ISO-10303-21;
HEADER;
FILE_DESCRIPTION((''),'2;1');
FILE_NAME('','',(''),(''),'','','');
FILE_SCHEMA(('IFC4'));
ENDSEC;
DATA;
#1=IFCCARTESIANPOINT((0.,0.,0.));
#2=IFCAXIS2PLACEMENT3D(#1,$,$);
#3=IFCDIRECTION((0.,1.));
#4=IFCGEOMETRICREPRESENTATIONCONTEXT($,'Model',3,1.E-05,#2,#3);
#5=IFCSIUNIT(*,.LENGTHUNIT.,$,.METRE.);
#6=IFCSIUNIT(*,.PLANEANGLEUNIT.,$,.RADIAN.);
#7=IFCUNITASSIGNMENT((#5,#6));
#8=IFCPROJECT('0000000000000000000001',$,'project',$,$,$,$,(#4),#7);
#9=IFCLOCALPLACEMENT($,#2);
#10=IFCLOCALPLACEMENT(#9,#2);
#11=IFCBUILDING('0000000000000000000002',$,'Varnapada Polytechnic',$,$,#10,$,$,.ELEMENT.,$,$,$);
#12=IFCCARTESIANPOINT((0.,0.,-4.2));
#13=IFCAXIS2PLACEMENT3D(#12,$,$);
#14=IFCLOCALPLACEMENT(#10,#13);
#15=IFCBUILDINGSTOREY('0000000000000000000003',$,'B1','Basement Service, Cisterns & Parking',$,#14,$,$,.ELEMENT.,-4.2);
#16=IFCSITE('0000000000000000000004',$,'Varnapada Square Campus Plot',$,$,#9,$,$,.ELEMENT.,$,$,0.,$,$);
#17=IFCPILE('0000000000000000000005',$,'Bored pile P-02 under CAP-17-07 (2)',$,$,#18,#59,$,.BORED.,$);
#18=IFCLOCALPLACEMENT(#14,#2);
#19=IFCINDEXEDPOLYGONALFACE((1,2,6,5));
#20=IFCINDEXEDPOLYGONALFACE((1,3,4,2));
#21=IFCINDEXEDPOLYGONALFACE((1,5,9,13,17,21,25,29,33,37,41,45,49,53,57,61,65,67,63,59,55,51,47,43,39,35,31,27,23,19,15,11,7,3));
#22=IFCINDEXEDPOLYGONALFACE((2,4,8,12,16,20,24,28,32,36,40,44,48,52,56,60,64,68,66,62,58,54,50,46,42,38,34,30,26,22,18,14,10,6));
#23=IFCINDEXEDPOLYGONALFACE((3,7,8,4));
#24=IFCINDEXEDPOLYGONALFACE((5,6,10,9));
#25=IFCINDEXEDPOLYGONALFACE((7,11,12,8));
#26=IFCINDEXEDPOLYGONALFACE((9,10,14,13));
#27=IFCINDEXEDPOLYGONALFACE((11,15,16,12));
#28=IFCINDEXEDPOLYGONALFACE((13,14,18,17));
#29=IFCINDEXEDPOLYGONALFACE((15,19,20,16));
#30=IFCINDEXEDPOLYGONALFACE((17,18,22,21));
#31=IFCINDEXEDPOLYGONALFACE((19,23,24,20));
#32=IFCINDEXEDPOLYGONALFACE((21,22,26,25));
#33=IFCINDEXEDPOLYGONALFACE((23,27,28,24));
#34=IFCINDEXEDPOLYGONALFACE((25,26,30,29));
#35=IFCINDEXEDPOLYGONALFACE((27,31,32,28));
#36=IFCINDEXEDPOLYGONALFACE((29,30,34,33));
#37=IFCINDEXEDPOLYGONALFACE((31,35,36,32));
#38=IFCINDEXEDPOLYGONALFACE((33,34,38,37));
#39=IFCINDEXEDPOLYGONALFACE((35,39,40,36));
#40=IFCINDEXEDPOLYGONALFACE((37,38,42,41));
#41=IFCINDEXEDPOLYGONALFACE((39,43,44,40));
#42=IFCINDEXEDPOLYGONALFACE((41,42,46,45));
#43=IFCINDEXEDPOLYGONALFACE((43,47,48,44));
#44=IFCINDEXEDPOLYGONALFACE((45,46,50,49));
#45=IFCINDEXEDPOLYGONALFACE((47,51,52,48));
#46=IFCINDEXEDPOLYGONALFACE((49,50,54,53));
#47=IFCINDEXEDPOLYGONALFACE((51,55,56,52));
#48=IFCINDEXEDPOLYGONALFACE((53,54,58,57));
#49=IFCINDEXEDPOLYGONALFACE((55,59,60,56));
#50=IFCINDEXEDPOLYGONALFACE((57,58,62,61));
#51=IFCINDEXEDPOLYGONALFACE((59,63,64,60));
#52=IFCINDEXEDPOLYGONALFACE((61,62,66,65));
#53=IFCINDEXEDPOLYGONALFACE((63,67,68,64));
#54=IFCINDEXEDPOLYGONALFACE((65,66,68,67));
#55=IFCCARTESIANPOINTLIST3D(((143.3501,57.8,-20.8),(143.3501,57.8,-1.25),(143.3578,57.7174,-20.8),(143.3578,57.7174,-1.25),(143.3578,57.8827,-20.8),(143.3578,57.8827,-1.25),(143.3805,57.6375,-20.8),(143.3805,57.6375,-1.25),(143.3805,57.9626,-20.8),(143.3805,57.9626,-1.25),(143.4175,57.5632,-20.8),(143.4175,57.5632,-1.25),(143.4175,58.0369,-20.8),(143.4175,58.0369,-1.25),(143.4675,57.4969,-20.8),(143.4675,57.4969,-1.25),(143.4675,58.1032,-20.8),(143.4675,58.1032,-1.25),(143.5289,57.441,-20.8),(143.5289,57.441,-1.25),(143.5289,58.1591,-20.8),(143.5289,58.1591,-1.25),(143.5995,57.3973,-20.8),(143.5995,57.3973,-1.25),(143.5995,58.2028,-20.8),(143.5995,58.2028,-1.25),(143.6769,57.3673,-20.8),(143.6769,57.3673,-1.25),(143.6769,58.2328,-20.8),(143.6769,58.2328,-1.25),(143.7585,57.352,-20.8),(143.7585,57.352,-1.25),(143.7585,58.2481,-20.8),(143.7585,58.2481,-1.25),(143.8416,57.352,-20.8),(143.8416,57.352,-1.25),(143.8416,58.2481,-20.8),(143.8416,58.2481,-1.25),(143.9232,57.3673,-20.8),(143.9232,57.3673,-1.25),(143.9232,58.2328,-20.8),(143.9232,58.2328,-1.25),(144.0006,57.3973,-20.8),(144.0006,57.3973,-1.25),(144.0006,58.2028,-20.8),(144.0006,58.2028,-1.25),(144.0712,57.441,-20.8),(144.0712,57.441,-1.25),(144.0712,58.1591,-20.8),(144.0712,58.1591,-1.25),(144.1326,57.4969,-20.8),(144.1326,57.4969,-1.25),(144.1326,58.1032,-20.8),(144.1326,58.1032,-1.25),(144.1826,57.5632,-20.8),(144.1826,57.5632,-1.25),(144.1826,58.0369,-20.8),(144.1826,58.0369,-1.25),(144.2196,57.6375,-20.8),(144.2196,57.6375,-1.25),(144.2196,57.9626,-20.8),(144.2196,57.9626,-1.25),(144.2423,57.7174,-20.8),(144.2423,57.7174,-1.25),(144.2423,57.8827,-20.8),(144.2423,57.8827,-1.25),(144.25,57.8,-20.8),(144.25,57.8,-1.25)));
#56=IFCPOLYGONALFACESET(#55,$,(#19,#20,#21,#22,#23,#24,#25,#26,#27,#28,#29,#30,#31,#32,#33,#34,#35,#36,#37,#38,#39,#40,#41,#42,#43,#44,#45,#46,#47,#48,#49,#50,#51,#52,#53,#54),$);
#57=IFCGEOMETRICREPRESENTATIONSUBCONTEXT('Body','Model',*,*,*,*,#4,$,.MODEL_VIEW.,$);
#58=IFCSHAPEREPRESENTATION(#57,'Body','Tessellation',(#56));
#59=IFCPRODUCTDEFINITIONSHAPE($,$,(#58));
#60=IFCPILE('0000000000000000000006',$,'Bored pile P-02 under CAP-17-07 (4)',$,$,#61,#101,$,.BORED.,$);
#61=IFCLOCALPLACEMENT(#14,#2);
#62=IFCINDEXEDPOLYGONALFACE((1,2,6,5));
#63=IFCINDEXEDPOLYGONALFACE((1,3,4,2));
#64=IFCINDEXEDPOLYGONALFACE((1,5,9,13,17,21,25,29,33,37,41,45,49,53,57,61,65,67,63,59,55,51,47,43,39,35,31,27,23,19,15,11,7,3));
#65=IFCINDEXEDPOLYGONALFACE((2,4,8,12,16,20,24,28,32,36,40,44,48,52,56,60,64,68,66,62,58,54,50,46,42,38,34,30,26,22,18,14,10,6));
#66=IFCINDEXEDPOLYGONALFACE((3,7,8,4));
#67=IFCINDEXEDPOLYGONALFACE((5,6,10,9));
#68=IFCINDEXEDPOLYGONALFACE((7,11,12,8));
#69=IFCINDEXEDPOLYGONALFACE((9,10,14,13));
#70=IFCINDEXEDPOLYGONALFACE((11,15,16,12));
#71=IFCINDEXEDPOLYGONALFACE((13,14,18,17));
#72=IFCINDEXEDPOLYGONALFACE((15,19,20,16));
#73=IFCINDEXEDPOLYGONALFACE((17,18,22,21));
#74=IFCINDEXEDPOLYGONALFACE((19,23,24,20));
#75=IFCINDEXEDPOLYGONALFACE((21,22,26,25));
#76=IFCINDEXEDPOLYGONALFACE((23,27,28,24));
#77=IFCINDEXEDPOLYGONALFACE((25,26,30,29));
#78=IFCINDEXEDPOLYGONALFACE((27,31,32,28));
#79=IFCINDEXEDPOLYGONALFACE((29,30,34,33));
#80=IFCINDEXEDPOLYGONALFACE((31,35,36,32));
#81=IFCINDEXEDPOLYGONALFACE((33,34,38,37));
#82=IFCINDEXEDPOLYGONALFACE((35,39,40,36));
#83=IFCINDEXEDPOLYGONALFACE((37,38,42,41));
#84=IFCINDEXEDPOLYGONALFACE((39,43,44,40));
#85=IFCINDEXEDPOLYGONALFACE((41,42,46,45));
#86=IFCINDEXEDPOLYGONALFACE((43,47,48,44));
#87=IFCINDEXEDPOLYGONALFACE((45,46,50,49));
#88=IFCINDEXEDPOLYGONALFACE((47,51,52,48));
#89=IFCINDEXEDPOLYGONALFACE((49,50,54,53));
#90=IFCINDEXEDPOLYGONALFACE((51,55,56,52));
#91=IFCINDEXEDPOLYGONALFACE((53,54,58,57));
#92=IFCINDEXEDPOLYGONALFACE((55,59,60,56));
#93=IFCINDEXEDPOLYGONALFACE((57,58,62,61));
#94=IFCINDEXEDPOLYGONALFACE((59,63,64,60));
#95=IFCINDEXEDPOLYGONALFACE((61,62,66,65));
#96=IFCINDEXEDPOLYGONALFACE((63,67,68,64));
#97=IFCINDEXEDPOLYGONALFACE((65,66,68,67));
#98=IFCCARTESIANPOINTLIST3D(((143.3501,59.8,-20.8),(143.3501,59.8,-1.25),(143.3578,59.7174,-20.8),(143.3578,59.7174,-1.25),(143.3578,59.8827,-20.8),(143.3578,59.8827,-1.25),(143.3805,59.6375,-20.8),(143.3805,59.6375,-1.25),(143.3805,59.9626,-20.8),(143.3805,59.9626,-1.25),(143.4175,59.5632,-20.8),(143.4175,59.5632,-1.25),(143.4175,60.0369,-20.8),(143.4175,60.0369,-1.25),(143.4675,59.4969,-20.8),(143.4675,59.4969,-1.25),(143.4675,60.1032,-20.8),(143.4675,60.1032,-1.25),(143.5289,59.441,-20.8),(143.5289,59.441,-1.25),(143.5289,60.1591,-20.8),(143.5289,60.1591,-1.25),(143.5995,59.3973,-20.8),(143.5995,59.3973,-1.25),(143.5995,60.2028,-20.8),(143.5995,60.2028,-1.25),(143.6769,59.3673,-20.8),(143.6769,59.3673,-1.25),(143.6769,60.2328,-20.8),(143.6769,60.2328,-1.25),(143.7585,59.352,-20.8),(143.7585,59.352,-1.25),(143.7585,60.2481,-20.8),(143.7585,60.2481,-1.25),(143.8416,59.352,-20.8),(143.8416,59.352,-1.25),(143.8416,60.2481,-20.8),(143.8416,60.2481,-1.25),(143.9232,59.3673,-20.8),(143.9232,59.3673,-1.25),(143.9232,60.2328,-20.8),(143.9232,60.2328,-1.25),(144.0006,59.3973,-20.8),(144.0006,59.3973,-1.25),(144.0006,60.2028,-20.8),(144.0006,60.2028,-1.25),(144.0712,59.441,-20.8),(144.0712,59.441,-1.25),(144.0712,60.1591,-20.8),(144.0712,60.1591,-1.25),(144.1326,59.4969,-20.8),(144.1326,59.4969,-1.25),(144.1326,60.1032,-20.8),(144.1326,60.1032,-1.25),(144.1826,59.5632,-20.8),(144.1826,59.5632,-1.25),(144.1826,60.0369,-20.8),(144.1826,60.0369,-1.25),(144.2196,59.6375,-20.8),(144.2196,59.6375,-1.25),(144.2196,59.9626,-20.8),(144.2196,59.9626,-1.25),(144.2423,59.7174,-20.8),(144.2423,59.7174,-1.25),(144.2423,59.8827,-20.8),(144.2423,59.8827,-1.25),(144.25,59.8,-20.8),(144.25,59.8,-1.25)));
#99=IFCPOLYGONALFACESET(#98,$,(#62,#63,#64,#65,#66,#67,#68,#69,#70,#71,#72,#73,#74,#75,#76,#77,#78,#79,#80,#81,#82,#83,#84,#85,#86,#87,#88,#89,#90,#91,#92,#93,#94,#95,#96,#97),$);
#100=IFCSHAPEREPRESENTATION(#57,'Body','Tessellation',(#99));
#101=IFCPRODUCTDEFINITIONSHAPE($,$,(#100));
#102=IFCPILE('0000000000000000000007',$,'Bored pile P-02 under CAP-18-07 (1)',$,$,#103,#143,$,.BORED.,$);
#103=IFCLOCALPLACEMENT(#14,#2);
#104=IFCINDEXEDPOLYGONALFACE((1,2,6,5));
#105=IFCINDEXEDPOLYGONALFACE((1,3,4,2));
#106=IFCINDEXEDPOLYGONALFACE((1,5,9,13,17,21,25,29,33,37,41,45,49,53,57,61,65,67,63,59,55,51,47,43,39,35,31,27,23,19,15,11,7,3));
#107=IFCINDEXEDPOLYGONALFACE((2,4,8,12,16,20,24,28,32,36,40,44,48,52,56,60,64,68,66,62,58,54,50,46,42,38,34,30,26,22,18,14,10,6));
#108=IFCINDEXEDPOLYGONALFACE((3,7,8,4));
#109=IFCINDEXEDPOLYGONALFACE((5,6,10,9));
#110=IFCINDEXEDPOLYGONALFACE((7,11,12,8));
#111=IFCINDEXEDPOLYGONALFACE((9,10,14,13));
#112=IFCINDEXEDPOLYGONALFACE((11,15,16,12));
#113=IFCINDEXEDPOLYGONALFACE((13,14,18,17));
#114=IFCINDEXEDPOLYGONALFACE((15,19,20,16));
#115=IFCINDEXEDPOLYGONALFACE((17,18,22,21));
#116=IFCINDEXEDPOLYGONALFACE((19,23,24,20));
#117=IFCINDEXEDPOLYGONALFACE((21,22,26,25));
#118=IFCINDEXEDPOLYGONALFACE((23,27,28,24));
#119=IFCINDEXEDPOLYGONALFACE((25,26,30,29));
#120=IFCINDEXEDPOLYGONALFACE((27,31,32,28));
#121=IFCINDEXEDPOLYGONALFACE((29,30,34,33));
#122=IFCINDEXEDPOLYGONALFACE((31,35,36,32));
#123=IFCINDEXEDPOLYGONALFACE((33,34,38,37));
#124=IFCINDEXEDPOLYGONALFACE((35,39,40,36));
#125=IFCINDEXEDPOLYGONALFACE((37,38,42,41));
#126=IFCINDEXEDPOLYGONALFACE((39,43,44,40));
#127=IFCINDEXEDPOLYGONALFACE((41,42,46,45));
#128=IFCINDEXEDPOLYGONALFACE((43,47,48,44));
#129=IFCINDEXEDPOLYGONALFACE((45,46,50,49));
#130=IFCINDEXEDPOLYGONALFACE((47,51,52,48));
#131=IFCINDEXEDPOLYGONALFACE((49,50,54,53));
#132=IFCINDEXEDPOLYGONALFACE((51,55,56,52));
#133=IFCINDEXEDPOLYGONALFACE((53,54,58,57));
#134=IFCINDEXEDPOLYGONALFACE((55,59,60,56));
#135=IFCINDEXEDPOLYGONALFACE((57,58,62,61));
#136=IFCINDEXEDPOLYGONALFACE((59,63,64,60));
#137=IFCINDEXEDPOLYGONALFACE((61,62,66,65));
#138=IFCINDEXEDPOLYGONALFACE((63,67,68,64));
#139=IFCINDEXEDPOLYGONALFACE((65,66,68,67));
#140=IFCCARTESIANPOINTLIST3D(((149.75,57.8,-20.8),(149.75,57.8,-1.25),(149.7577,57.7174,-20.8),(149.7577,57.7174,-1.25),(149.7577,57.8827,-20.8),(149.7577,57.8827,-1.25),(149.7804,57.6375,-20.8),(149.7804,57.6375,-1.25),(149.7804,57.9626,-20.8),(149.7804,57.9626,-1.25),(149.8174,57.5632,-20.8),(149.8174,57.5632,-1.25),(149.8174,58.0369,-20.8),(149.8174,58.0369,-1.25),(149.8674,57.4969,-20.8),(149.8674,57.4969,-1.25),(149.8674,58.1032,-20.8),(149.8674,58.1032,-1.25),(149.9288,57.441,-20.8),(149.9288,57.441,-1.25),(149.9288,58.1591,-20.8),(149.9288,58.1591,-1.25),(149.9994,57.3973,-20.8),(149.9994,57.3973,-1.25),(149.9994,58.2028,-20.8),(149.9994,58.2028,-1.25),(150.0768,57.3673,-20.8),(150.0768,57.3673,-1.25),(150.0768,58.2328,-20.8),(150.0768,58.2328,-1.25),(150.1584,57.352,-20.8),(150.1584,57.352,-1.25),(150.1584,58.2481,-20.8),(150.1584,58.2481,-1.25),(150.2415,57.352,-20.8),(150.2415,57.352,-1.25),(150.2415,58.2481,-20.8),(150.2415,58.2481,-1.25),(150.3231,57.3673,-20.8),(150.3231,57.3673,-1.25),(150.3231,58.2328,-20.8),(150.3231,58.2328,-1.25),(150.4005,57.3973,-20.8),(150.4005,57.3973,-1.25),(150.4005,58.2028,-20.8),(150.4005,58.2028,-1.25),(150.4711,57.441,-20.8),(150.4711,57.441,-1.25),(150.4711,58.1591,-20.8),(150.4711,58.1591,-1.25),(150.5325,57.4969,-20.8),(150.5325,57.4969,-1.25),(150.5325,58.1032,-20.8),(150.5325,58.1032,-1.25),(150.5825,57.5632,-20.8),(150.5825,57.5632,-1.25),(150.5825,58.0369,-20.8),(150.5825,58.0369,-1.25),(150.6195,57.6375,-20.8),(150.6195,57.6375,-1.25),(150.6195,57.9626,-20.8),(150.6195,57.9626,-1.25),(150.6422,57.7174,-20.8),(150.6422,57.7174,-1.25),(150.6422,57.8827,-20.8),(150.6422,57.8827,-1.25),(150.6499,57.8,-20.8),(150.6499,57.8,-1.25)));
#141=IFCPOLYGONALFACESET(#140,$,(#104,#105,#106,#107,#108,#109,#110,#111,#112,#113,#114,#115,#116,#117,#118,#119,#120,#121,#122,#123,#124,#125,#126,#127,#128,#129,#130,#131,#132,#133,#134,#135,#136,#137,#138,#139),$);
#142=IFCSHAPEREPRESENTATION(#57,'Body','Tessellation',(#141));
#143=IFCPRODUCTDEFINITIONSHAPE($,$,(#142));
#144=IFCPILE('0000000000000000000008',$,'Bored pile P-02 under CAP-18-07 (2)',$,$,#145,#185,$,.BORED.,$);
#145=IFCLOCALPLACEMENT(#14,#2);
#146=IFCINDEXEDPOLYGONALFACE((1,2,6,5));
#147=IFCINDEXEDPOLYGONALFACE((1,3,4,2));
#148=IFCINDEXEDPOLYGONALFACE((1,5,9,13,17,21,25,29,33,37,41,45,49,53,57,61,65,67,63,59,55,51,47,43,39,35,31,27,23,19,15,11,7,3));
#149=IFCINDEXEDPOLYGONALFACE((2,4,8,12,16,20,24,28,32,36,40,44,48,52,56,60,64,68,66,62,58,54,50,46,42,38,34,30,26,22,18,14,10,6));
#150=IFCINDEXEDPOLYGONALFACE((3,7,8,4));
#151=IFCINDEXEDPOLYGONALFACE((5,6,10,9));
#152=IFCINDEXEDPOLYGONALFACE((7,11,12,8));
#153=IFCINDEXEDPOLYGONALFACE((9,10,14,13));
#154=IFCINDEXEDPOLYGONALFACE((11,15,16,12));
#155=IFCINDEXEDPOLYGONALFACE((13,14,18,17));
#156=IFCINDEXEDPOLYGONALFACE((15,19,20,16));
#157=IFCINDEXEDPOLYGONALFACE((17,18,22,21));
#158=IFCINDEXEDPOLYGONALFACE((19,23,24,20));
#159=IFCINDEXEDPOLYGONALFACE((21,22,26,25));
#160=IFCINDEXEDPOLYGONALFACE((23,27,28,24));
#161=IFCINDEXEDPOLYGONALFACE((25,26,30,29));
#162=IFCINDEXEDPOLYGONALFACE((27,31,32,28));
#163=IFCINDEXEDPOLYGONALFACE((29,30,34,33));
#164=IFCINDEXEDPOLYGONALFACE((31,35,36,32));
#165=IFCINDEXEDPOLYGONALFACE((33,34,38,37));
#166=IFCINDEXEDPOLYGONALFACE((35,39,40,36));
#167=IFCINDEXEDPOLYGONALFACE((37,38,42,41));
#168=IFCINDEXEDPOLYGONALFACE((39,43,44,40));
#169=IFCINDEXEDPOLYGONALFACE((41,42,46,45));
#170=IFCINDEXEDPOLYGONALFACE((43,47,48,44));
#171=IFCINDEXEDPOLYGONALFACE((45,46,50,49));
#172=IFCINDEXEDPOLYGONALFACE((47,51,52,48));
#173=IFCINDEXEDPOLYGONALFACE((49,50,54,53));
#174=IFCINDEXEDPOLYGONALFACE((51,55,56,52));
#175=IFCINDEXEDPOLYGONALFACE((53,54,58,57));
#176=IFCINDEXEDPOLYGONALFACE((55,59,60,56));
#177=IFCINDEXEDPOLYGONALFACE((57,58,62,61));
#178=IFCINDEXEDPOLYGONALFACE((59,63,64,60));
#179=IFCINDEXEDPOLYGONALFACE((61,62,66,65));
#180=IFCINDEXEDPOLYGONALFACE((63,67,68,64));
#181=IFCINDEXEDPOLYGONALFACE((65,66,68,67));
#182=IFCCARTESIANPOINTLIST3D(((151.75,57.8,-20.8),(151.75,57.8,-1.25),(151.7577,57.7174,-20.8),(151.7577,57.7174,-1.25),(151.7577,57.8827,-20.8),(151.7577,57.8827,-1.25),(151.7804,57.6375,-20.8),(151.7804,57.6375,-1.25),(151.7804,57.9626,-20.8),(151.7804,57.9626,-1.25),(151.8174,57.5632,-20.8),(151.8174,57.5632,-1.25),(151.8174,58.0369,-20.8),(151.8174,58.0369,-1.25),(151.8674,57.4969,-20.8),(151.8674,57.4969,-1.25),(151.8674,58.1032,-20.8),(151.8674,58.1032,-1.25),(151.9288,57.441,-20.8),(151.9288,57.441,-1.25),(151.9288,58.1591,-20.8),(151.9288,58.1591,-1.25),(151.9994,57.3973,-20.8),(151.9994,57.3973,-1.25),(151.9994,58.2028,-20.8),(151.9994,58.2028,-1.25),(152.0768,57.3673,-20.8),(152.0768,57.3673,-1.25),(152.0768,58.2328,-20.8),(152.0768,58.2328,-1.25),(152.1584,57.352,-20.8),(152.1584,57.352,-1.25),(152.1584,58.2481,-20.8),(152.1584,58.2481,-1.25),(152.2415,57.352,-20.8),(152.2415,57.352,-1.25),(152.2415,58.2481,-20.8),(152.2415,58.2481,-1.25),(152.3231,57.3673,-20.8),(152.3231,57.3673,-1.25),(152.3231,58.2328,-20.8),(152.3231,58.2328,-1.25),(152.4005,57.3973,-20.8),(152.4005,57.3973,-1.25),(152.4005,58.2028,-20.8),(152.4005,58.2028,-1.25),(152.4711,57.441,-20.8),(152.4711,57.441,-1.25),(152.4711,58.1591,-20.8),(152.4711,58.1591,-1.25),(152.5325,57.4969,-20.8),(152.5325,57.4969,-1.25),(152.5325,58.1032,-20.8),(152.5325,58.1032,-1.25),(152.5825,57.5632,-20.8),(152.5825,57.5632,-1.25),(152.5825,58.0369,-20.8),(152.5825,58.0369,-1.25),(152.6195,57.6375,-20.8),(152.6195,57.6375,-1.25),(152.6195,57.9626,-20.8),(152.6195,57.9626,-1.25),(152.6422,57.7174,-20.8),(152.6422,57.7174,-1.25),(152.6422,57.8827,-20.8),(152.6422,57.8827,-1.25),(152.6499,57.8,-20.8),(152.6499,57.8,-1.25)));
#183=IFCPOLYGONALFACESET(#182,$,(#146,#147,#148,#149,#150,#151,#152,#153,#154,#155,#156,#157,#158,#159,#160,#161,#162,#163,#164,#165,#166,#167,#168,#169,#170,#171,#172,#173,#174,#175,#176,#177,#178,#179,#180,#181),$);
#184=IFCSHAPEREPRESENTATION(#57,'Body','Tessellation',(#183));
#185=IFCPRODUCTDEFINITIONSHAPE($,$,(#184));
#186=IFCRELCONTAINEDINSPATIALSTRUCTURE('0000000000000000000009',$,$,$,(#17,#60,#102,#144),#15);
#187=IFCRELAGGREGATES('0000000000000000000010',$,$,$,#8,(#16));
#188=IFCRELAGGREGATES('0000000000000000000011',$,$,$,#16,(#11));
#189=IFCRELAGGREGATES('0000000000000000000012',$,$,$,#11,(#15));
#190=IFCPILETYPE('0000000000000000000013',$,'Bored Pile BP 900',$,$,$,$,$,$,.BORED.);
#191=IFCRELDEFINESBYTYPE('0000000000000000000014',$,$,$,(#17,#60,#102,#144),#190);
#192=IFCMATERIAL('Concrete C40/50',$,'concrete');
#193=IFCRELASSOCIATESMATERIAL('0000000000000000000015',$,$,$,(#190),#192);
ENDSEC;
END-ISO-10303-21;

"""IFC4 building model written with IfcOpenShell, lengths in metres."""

from ifc_helpers import new_model, si_unit, direction, frame, origin, origin_2d, place, context, subcontext, project, spatial, circle, extrude, material, material_profile, profile_set, type_object, element, save


model = new_model("IFC4")

# Units and contexts
model_context = context("Model", 3, precision=1e-05, world=origin(), true_north=direction((0.0, 1.0)))
body_context = subcontext(model_context, "Body", "Model", "MODEL_VIEW")
ifc_project = project(units=[si_unit("LENGTHUNIT", "METRE"), si_unit("PLANEANGLEUNIT", "RADIAN")], contexts=[model_context])

# Site, building, storey
site_placement = place(None, origin())
site = spatial("IfcSite", under=ifc_project, at=site_placement, Name="Varnapada Square Campus Plot", CompositionType="ELEMENT", RefElevation=0.0)
building_placement = place(site_placement, origin())
building = spatial("IfcBuilding", under=site, at=building_placement, Name="Varnapada Polytechnic", CompositionType="ELEMENT")
storey_placement = place(building_placement, frame((0.0, 0.0, -4.2)))
storey = spatial("IfcBuildingStorey", under=building, at=storey_placement, Name="B1", Description="Basement Service, Cisterns & Parking", CompositionType="ELEMENT", Elevation=-4.2)

# Piles
ifc_material_1 = material(Name="Concrete C40/50", Category="concrete")
ifc_material_profile_1 = material_profile(ifc_material_1, circle(Radius=0.45, at=origin_2d()), Name="BP 900")
ifc_profile_set_1 = profile_set([ifc_material_profile_1], Name="Concrete C40/50")
pile_type = type_object("IfcPileType", Name="Bored Pile BP 900", PredefinedType="BORED", material=ifc_profile_set_1)
for number, where, z_axis, x_axis, name in (
    (1, (143.8, 57.8, -1.25), (0.0, 0.0, -1.0), (1.0, 0.0, 0.0), "Bored pile P-02 under CAP-17-07 (2)"),
    (2, (143.8, 59.8, -1.25), (0.0, 0.0, -1.0), (1.0, 0.0, 0.0), "Bored pile P-02 under CAP-17-07 (4)"),
    (3, (150.2, 57.8, -1.25), (0.0, 0.0, -1.0), (1.0, 0.0, 0.0), "Bored pile P-02 under CAP-18-07 (1)"),
    (4, (152.2, 57.8, -1.25), (0.0, 0.0, -1.0), (1.0, 0.0, 0.0), "Bored pile P-02 under CAP-18-07 (2)"),
):
    element("IfcPile", number, at=place(storey_placement, frame(where, z_axis=z_axis, x_axis=x_axis)), inside=storey, type_object=pile_type, Name=name, PredefinedType="BORED", context=body_context, shape_type="SweptSolid", body=[
        extrude(circle(Radius=0.45, at=origin_2d()), origin(), (0.0, 0.0, 1.0), 19.55),
    ])

save(model, "model.ifc")
